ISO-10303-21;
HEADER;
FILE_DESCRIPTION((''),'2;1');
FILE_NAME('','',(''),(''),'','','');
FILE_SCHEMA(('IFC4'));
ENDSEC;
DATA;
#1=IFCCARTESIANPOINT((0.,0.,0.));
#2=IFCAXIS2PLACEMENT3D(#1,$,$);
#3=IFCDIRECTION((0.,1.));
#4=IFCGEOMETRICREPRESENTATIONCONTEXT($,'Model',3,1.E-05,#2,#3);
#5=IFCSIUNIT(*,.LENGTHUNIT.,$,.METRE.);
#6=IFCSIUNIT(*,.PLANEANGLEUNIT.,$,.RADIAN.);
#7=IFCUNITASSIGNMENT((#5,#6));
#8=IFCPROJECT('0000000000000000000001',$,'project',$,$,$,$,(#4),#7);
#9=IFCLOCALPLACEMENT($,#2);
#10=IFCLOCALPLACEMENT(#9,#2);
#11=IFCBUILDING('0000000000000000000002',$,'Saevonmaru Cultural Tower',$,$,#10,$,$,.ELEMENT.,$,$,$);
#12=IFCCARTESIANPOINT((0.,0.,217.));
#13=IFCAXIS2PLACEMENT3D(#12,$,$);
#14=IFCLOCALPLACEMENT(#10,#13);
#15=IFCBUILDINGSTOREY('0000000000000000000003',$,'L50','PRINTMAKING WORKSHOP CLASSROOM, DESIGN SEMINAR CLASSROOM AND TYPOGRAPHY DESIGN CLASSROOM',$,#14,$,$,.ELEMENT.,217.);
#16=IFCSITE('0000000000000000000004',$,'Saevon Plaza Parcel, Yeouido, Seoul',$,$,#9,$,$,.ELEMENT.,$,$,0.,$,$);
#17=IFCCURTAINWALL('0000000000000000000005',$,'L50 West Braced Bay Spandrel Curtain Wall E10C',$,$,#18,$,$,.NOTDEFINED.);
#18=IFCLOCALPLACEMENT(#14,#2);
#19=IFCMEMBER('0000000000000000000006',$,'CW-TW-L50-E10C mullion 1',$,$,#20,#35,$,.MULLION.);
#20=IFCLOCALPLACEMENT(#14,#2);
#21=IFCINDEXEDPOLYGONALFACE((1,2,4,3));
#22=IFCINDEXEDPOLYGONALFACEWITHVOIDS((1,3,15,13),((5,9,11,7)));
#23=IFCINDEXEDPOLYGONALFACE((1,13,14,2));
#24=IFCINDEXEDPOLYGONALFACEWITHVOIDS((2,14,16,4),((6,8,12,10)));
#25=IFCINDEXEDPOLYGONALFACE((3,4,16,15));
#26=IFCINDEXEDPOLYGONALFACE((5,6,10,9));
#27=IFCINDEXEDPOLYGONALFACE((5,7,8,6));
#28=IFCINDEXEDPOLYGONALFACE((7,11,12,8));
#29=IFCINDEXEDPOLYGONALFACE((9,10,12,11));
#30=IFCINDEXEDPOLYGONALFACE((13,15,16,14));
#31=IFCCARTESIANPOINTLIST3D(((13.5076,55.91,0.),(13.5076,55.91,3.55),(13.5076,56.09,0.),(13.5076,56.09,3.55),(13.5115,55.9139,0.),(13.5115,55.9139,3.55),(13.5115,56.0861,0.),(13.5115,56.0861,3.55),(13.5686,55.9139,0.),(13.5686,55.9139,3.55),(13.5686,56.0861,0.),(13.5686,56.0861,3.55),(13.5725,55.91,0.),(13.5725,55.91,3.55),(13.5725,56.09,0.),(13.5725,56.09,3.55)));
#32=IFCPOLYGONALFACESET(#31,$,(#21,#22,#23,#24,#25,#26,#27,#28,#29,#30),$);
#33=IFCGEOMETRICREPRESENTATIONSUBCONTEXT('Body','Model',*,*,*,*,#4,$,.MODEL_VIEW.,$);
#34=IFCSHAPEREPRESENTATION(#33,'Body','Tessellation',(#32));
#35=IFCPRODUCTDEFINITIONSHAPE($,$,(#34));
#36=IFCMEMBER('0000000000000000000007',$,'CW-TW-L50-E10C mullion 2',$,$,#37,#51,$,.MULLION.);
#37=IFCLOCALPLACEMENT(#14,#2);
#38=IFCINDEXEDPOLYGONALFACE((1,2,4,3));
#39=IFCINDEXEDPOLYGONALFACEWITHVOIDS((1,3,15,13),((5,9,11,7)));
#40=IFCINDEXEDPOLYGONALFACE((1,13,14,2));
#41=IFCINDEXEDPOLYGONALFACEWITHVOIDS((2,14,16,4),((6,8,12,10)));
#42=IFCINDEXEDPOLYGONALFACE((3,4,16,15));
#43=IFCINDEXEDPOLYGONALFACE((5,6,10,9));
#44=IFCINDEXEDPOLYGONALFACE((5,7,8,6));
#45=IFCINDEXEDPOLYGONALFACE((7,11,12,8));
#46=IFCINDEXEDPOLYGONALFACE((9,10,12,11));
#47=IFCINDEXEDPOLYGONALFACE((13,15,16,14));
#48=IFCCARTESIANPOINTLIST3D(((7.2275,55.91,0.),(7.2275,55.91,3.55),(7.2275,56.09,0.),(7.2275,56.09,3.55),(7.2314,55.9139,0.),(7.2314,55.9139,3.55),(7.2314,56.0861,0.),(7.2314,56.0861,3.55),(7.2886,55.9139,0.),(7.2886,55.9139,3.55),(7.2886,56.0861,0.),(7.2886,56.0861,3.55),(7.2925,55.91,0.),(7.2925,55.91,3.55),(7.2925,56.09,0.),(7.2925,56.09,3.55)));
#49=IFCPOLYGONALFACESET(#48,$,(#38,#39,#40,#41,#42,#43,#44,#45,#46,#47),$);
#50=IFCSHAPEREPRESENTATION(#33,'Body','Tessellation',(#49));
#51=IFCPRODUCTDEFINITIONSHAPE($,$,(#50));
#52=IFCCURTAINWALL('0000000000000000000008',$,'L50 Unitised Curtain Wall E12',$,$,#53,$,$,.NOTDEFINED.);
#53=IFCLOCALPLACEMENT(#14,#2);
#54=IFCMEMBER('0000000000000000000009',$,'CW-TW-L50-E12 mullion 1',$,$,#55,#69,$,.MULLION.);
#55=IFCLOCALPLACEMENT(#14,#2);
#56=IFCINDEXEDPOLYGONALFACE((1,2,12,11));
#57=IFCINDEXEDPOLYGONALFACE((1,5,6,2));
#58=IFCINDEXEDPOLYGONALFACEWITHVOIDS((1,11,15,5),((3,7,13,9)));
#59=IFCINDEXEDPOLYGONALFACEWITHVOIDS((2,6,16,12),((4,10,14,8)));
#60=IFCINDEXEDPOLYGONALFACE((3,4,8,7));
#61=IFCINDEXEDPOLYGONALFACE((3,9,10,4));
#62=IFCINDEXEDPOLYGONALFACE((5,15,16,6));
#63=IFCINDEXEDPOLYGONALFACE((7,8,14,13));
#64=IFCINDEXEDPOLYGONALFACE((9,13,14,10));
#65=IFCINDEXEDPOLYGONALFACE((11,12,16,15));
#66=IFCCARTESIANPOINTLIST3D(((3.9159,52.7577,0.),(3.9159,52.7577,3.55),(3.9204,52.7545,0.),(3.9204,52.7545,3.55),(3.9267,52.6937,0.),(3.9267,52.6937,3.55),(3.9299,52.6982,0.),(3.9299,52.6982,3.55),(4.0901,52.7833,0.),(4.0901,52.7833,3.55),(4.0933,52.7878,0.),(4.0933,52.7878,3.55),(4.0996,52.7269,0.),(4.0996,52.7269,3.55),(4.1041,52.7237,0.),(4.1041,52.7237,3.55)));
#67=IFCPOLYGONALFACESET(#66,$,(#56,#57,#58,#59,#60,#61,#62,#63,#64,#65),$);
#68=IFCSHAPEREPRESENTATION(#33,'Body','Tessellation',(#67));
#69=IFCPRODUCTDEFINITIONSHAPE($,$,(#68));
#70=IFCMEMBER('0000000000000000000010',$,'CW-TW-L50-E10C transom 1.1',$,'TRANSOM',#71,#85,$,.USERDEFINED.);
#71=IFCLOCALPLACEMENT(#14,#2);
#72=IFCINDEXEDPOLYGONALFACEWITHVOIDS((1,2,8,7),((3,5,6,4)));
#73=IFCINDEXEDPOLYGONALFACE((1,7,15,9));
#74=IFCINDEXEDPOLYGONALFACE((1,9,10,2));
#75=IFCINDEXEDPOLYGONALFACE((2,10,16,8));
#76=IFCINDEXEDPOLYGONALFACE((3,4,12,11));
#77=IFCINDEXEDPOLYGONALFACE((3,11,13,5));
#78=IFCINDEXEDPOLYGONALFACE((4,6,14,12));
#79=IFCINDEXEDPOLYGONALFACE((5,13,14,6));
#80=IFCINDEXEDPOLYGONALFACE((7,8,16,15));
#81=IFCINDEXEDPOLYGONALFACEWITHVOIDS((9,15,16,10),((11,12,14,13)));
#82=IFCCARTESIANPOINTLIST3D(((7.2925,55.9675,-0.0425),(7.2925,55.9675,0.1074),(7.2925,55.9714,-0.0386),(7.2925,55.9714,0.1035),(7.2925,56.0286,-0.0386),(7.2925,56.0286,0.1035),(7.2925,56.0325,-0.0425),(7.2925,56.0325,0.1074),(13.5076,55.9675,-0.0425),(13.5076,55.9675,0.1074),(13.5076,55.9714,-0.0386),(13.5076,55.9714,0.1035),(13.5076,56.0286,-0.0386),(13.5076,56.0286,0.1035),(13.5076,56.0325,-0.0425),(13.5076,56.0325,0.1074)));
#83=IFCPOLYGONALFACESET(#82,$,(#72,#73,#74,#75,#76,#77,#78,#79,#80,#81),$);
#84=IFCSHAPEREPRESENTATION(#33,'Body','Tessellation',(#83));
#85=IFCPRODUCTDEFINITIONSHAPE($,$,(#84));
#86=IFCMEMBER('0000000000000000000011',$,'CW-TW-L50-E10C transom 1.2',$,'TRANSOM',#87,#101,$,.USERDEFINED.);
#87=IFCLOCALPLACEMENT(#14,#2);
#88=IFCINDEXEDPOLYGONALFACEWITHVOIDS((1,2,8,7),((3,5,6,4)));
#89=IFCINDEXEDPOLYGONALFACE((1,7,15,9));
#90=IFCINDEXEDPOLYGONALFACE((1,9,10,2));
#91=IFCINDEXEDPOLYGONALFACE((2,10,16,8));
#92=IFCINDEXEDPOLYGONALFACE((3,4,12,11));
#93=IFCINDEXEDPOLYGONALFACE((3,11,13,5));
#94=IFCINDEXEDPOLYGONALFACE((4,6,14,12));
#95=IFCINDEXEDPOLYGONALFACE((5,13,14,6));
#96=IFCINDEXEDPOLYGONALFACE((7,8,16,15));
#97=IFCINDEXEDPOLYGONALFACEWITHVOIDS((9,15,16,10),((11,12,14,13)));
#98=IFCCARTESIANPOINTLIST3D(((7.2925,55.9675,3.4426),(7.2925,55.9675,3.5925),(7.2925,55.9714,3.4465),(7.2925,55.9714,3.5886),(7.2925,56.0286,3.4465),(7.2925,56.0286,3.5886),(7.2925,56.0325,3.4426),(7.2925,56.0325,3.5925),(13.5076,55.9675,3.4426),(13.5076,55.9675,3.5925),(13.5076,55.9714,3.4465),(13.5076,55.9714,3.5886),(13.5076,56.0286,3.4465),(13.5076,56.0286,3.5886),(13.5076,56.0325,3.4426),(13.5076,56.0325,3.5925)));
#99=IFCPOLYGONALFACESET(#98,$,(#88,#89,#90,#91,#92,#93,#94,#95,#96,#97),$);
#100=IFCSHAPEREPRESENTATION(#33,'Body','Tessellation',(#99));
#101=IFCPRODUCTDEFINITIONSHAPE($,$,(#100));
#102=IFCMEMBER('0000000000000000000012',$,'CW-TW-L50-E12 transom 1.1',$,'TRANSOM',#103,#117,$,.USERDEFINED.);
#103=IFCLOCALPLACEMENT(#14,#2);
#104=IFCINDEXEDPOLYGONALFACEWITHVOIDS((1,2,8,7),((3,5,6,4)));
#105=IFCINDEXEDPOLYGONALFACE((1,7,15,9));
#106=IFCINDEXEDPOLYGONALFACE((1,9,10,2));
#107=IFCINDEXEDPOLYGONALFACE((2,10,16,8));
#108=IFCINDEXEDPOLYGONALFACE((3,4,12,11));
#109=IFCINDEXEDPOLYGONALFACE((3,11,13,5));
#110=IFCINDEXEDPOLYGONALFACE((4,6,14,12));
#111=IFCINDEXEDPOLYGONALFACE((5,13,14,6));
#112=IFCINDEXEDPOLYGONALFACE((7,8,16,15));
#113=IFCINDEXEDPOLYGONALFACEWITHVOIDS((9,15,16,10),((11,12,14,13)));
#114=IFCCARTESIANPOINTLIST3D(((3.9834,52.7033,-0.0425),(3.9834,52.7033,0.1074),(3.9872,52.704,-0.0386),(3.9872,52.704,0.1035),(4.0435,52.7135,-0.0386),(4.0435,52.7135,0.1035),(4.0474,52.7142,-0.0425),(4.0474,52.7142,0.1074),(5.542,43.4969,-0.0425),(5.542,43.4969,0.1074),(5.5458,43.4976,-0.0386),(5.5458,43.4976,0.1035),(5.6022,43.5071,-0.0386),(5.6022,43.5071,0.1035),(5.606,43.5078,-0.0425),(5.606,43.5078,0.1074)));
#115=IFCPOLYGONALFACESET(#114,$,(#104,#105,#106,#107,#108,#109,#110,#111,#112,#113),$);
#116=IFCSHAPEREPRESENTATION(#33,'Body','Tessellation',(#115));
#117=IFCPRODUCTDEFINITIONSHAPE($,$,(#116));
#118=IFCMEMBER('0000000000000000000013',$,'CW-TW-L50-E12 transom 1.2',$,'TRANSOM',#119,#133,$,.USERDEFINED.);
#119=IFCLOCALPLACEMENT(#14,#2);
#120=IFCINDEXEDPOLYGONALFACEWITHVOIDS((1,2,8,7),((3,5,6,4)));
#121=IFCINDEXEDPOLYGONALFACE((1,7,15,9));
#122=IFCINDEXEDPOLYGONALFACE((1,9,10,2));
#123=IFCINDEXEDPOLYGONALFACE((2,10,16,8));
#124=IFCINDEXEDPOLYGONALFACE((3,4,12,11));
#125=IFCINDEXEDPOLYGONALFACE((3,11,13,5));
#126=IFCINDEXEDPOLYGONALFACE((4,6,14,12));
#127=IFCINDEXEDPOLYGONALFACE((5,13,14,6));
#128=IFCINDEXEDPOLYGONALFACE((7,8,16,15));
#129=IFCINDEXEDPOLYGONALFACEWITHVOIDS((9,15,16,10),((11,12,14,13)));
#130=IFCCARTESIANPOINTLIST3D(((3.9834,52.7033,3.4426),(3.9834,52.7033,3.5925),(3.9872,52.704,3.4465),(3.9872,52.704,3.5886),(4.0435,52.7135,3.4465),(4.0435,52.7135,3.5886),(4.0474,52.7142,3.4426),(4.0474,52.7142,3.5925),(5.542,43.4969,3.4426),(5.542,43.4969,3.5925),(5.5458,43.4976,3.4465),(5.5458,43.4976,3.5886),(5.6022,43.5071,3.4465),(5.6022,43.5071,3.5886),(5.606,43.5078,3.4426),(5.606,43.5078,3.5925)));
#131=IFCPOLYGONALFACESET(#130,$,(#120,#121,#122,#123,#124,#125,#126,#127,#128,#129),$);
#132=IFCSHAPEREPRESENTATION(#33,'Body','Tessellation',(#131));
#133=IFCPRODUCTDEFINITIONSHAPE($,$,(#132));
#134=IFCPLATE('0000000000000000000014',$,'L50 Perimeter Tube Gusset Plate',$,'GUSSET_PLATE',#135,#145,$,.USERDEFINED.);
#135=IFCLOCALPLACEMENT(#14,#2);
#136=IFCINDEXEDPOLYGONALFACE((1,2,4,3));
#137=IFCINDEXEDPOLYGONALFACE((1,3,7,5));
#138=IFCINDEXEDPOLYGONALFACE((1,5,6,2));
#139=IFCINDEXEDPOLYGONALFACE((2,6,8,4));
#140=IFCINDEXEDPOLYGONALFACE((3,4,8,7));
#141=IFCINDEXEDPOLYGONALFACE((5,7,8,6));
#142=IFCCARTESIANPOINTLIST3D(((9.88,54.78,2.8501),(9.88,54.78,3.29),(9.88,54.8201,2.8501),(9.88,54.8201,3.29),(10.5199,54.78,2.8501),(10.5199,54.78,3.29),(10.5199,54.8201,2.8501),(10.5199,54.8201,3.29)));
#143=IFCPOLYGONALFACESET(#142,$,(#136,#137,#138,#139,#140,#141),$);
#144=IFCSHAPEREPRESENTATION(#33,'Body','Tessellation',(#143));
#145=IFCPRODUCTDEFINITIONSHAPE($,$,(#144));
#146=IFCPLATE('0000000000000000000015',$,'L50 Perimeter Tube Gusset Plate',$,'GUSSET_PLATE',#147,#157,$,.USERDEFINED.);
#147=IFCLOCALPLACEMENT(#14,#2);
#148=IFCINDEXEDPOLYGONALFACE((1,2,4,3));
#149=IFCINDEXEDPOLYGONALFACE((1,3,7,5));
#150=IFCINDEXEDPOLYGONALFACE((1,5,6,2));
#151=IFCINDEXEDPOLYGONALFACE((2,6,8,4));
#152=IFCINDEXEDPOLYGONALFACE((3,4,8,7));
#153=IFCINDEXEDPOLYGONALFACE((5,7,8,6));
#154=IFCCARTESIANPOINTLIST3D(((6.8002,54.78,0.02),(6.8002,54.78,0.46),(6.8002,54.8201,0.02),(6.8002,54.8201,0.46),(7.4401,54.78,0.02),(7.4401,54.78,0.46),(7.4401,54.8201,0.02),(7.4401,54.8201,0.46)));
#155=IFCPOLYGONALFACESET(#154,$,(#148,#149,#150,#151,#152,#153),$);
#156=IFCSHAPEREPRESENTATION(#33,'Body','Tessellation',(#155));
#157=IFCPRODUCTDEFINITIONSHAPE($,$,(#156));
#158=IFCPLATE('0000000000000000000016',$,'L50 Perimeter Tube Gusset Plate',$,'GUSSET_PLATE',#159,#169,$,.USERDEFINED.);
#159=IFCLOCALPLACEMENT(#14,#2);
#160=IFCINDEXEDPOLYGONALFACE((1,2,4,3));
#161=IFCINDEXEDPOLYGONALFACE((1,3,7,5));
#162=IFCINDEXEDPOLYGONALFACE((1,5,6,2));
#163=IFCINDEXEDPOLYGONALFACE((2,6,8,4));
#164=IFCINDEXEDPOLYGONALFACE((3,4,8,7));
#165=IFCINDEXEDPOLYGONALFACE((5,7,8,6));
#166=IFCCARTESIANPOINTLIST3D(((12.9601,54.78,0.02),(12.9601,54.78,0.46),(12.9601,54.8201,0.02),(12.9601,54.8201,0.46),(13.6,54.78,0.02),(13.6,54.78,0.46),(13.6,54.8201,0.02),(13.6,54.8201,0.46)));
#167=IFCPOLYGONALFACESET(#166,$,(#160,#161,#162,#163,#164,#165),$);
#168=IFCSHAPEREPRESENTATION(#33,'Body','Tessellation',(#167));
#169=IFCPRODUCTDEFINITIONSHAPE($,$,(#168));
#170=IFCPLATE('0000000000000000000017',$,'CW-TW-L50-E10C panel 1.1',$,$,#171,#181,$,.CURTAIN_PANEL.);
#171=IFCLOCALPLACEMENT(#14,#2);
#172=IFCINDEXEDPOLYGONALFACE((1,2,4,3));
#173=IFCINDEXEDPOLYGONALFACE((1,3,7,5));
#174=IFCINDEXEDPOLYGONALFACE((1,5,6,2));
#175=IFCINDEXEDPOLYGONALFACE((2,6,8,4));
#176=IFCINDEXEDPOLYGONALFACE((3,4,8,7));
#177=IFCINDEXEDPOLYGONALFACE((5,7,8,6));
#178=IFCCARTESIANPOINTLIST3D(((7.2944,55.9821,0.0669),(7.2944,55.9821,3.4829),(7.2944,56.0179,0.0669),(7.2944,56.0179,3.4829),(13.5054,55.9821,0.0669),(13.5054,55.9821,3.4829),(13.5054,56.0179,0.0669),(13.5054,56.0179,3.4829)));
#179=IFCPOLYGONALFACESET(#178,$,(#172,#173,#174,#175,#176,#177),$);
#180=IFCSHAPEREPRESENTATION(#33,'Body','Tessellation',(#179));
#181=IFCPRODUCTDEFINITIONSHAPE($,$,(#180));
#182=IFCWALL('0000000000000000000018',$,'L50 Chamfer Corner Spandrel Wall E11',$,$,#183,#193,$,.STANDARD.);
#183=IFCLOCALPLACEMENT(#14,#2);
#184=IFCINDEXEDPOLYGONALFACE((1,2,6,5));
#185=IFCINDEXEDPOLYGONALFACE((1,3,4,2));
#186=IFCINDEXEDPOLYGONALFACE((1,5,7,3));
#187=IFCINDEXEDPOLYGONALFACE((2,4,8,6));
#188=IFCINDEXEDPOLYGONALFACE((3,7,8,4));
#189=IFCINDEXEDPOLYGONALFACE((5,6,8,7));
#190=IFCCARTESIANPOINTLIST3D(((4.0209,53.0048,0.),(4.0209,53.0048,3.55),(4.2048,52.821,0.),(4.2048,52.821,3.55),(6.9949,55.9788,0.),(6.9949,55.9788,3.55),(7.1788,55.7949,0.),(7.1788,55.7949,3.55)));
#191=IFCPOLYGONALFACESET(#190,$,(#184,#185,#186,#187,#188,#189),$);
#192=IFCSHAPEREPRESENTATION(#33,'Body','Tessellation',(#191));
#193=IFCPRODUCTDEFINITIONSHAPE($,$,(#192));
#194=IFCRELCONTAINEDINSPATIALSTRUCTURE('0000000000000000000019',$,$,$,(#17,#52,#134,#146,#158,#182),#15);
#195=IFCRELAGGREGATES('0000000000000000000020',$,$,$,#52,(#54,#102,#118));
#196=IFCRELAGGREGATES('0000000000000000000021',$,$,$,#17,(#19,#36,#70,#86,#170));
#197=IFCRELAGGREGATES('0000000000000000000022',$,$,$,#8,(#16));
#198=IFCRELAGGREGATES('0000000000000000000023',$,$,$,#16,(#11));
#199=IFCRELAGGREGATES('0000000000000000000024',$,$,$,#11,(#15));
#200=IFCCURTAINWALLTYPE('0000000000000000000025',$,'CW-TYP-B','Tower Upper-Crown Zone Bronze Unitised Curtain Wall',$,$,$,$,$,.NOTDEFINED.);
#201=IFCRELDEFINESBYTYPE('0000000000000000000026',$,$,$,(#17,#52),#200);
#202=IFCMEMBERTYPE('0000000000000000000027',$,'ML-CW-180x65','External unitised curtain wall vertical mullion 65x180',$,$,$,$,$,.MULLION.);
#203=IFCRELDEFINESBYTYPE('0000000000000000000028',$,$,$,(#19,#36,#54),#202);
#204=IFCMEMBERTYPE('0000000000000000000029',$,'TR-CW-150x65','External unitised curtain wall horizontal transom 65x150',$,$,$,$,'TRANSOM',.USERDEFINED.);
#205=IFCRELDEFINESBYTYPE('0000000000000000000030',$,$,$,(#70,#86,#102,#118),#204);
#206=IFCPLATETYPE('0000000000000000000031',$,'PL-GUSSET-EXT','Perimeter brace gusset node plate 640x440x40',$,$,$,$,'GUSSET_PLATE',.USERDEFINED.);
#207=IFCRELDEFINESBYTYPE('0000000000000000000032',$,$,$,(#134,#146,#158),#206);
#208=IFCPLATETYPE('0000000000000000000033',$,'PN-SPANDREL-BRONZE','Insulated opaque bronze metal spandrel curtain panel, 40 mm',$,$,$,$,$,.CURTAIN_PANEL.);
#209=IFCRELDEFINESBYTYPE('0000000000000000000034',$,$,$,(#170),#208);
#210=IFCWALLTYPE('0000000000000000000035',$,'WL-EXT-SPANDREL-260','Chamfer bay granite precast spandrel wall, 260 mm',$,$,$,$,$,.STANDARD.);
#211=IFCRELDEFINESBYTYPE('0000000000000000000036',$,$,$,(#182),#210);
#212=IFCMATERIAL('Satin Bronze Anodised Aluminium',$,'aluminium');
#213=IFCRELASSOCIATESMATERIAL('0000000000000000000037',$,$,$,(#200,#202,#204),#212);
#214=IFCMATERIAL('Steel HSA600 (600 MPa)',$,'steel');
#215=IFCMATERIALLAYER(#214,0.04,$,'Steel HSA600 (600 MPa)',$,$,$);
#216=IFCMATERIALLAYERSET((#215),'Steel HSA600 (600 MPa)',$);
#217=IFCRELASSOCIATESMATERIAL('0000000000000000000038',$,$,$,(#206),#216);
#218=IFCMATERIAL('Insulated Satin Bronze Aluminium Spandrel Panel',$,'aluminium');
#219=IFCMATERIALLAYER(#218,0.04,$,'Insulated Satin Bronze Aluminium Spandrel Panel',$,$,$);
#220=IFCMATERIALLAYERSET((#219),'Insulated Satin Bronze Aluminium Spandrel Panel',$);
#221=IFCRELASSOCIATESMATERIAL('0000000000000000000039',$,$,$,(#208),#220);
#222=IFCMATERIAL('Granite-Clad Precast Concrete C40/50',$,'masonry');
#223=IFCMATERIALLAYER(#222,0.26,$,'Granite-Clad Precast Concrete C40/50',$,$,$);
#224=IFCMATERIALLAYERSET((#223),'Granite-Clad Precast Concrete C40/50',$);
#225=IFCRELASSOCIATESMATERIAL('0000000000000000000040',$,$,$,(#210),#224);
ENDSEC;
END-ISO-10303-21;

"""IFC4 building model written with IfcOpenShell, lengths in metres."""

from ifc_helpers import new_model, si_unit, direction, frame, frame_2d, origin, origin_2d, place, context, subcontext, project, spatial, rectangle, hollow_rectangle, extrude, material, layer, layer_set, material_profile, profile_set, type_object, element, aggregate, save


model = new_model("IFC4")

# Units and contexts
model_context = context("Model", 3, precision=1e-05, world=origin(), true_north=direction((0.0, 1.0)))
body_context = subcontext(model_context, "Body", "Model", "MODEL_VIEW")
ifc_project = project(units=[si_unit("LENGTHUNIT", "METRE"), si_unit("PLANEANGLEUNIT", "RADIAN")], contexts=[model_context])

# Site, building, storey
site_placement = place(None, origin())
site = spatial("IfcSite", under=ifc_project, at=site_placement, Name="Saevon Plaza Parcel, Yeouido, Seoul", CompositionType="ELEMENT", RefElevation=0.0)
building_placement = place(site_placement, origin())
building = spatial("IfcBuilding", under=site, at=building_placement, Name="Saevonmaru Cultural Tower", CompositionType="ELEMENT")
storey_placement = place(building_placement, frame((0.0, 0.0, 217.0)))
storey = spatial("IfcBuildingStorey", under=building, at=storey_placement, Name="L50", Description="PRINTMAKING WORKSHOP CLASSROOM, DESIGN SEMINAR CLASSROOM AND TYPOGRAPHY DESIGN CLASSROOM", CompositionType="ELEMENT", Elevation=217.0)

# Curtain wall, members
ifc_material_1 = material(Name="Satin Bronze Anodised Aluminium", Category="aluminium")
curtain_wall_type = type_object("IfcCurtainWallType", Name="CW-TYP-B", Description="Tower Upper-Crown Zone Bronze Unitised Curtain Wall", PredefinedType="NOTDEFINED", material=ifc_material_1)
curtain_wall_1_placement = place(storey_placement, origin())
curtain_wall_1 = element("IfcCurtainWall", 1, at=curtain_wall_1_placement, inside=storey, type_object=curtain_wall_type, Name="L50 West Braced Bay Spandrel Curtain Wall E10C", PredefinedType="NOTDEFINED")
ifc_material_profile_1 = material_profile(ifc_material_1, hollow_rectangle(XDim=0.0649, YDim=0.1799, WallThickness=0.0039, at=origin_2d()), Name="ALU-MULL-180x65x4")
ifc_profile_set_1 = profile_set([ifc_material_profile_1], Name="Satin Bronze Anodised Aluminium")
member_type_1 = type_object("IfcMemberType", Name="ML-CW-180x65", Description="External unitised curtain wall vertical mullion 65x180", PredefinedType="MULLION", material=ifc_profile_set_1)
member_1_placement = place(storey_placement, frame((13.54, 56.0, 0.0), z_axis=(0.0, 0.0, 1.0), x_axis=(-1.0, 0.0, 0.0)))
member_1 = element("IfcMember", 2, at=member_1_placement, type_object=member_type_1, Name="CW-TW-L50-E10C mullion 1", PredefinedType="MULLION", context=body_context, shape_type="SweptSolid", body=[
    extrude(hollow_rectangle(XDim=0.0649, YDim=0.1799, WallThickness=0.0039, at=origin_2d()), origin(), (0.0, 0.0, 1.0), 3.55),
])
member_2_placement = place(storey_placement, frame((7.26, 56.0, 0.0), z_axis=(0.0, 0.0, 1.0), x_axis=(-1.0, 0.0, 0.0)))
member_2 = element("IfcMember", 3, at=member_2_placement, type_object=member_type_1, Name="CW-TW-L50-E10C mullion 2", PredefinedType="MULLION", context=body_context, shape_type="SweptSolid", body=[
    extrude(hollow_rectangle(XDim=0.0649, YDim=0.1799, WallThickness=0.0039, at=origin_2d()), origin(), (0.0, 0.0, 1.0), 3.55),
])

# Curtain wall, member
curtain_wall_2_placement = place(storey_placement, origin())
curtain_wall_2 = element("IfcCurtainWall", 4, at=curtain_wall_2_placement, inside=storey, type_object=curtain_wall_type, Name="L50 Unitised Curtain Wall E12", PredefinedType="NOTDEFINED")
member_3_placement = place(storey_placement, frame((4.01, 52.7407, 0.0), z_axis=(0.0, 0.0, 1.0), x_axis=(0.166922, -0.98597, 0.0)))
member_3 = element("IfcMember", 5, at=member_3_placement, type_object=member_type_1, Name="CW-TW-L50-E12 mullion 1", PredefinedType="MULLION", context=body_context, shape_type="SweptSolid", body=[
    extrude(hollow_rectangle(XDim=0.0649, YDim=0.1799, WallThickness=0.0039, at=origin_2d()), origin(), (0.0, 0.0, 1.0), 3.55),
])

# Members
ifc_material_profile_2 = material_profile(ifc_material_1, hollow_rectangle(XDim=0.0649, YDim=0.1499, WallThickness=0.0039, at=origin_2d()), Name="ALU-TRAN-150x65x4")
ifc_profile_set_2 = profile_set([ifc_material_profile_2], Name="Satin Bronze Anodised Aluminium")
member_type_2 = type_object("IfcMemberType", Name="TR-CW-150x65", Description="External unitised curtain wall horizontal transom 65x150", ElementType="TRANSOM", PredefinedType="USERDEFINED", material=ifc_profile_set_2)
member_4_placement = place(storey_placement, frame((13.5076, 56.0, 0.0325), z_axis=(-1.0, 0.0, 0.0), x_axis=(0.0, -1.0, 0.0)))
member_4 = element("IfcMember", 6, at=member_4_placement, type_object=member_type_2, Name="CW-TW-L50-E10C transom 1.1", ObjectType="TRANSOM", PredefinedType="USERDEFINED", context=body_context, shape_type="SweptSolid", body=[
    extrude(hollow_rectangle(XDim=0.0649, YDim=0.1499, WallThickness=0.0039, at=origin_2d()), origin(), (0.0, 0.0, 1.0), 6.2151),
])
member_5_placement = place(storey_placement, frame((13.5076, 56.0, 3.5176), z_axis=(-1.0, 0.0, 0.0), x_axis=(0.0, -1.0, 0.0)))
member_5 = element("IfcMember", 7, at=member_5_placement, type_object=member_type_2, Name="CW-TW-L50-E10C transom 1.2", ObjectType="TRANSOM", PredefinedType="USERDEFINED", context=body_context, shape_type="SweptSolid", body=[
    extrude(hollow_rectangle(XDim=0.0649, YDim=0.1499, WallThickness=0.0039, at=origin_2d()), origin(), (0.0, 0.0, 1.0), 6.2151),
])
member_6_placement = place(storey_placement, frame((4.0154, 52.7087, 0.0325), z_axis=(0.166921, -0.98597, 0.0), x_axis=(0.98597, 0.166921, 0.0)))
member_6 = element("IfcMember", 8, at=member_6_placement, type_object=member_type_2, Name="CW-TW-L50-E12 transom 1.1", ObjectType="TRANSOM", PredefinedType="USERDEFINED", context=body_context, shape_type="SweptSolid", body=[
    extrude(hollow_rectangle(XDim=0.0649, YDim=0.1499, WallThickness=0.0039, at=origin_2d()), origin(), (0.0, 0.0, 1.0), 9.3374),
])
member_7_placement = place(storey_placement, frame((4.0154, 52.7087, 3.5176), z_axis=(0.166921, -0.98597, 0.0), x_axis=(0.98597, 0.166921, 0.0)))
member_7 = element("IfcMember", 9, at=member_7_placement, type_object=member_type_2, Name="CW-TW-L50-E12 transom 1.2", ObjectType="TRANSOM", PredefinedType="USERDEFINED", context=body_context, shape_type="SweptSolid", body=[
    extrude(hollow_rectangle(XDim=0.0649, YDim=0.1499, WallThickness=0.0039, at=origin_2d()), origin(), (0.0, 0.0, 1.0), 9.3374),
])
aggregate(curtain_wall_2, [member_3, member_6, member_7])

# Plates
ifc_material_2 = material(Name="Steel HSA600 (600 MPa)", Category="steel")
ifc_layer_1 = layer(ifc_material_2, 0.04, Name="Steel HSA600 (600 MPa)")
ifc_layer_set_1 = layer_set([ifc_layer_1], Name="Steel HSA600 (600 MPa)")
plate_type_1 = type_object("IfcPlateType", Name="PL-GUSSET-EXT", Description="Perimeter brace gusset node plate 640x440x40", ElementType="GUSSET_PLATE", PredefinedType="USERDEFINED", material=ifc_layer_set_1)
for number, where, z_axis, x_axis, name in (
    (10, (10.2, 54.8, 2.8501), (0.0, 0.0, 1.0), (1.0, 0.0, 0.0), "L50 Perimeter Tube Gusset Plate"),
    (11, (7.1201, 54.8, 0.02), (0.0, 0.0, 1.0), (1.0, 0.0, 0.0), "L50 Perimeter Tube Gusset Plate"),
    (12, (13.28, 54.8, 0.02), (0.0, 0.0, 1.0), (1.0, 0.0, 0.0), "L50 Perimeter Tube Gusset Plate"),
):
    element("IfcPlate", number, at=place(storey_placement, frame(where, z_axis=z_axis, x_axis=x_axis)), inside=storey, type_object=plate_type_1, Name=name, ObjectType="GUSSET_PLATE", PredefinedType="USERDEFINED", context=body_context, shape_type="SweptSolid", body=[
        extrude(rectangle(XDim=0.6399, YDim=0.04, at=origin_2d()), origin(), (0.0, 0.0, 1.0), 0.4399),
    ])

# Plate
ifc_material_3 = material(Name="Insulated Satin Bronze Aluminium Spandrel Panel", Category="aluminium")
ifc_layer_2 = layer(ifc_material_3, 0.04, Name="Insulated Satin Bronze Aluminium Spandrel Panel")
ifc_layer_set_2 = layer_set([ifc_layer_2], Name="Insulated Satin Bronze Aluminium Spandrel Panel")
plate_type_2 = type_object("IfcPlateType", Name="PN-SPANDREL-BRONZE", Description="Insulated opaque bronze metal spandrel curtain panel, 40 mm", PredefinedType="CURTAIN_PANEL", material=ifc_layer_set_2)
plate_placement = place(storey_placement, frame((10.3999, 56.0, 0.0669), z_axis=(0.0, 0.0, 1.0), x_axis=(-1.0, 0.0, 0.0)))
plate = element("IfcPlate", 13, at=plate_placement, type_object=plate_type_2, Name="CW-TW-L50-E10C panel 1.1", PredefinedType="CURTAIN_PANEL", context=body_context, shape_type="SweptSolid", body=[
    extrude(rectangle(XDim=6.2109, YDim=0.0359, at=origin_2d()), origin(), (0.0, 0.0, 1.0), 3.416),
])
aggregate(curtain_wall_1, [member_1, member_2, member_4, member_5, plate])

# Wall
ifc_material_4 = material(Name="Granite-Clad Precast Concrete C40/50", Category="masonry")
ifc_layer_3 = layer(ifc_material_4, 0.26, Name="Granite-Clad Precast Concrete C40/50")
ifc_layer_set_3 = layer_set([ifc_layer_3], Name="Granite-Clad Precast Concrete C40/50")
wall_type_1 = type_object("IfcWallType", Name="WL-EXT-SPANDREL-260", Description="Chamfer bay granite precast spandrel wall, 260 mm", PredefinedType="STANDARD", material=ifc_layer_set_3)
wall_1_placement = place(storey_placement, frame((7.0869, 55.887, 0.0), z_axis=(0.0, 0.0, 1.0), x_axis=(-0.707107, -0.707107, 0.0)))
element("IfcWall", 14, at=wall_1_placement, inside=storey, type_object=wall_type_1, Name="L50 Chamfer Corner Spandrel Wall E11", PredefinedType="STANDARD", context=body_context, shape_type="SweptSolid", body=[
    extrude(rectangle(XDim=4.2058, YDim=0.26, at=frame_2d((2.103, 0.0))), origin(), (0.0, 0.0, 1.0), 3.55),
])

save(model, "model.ifc")
